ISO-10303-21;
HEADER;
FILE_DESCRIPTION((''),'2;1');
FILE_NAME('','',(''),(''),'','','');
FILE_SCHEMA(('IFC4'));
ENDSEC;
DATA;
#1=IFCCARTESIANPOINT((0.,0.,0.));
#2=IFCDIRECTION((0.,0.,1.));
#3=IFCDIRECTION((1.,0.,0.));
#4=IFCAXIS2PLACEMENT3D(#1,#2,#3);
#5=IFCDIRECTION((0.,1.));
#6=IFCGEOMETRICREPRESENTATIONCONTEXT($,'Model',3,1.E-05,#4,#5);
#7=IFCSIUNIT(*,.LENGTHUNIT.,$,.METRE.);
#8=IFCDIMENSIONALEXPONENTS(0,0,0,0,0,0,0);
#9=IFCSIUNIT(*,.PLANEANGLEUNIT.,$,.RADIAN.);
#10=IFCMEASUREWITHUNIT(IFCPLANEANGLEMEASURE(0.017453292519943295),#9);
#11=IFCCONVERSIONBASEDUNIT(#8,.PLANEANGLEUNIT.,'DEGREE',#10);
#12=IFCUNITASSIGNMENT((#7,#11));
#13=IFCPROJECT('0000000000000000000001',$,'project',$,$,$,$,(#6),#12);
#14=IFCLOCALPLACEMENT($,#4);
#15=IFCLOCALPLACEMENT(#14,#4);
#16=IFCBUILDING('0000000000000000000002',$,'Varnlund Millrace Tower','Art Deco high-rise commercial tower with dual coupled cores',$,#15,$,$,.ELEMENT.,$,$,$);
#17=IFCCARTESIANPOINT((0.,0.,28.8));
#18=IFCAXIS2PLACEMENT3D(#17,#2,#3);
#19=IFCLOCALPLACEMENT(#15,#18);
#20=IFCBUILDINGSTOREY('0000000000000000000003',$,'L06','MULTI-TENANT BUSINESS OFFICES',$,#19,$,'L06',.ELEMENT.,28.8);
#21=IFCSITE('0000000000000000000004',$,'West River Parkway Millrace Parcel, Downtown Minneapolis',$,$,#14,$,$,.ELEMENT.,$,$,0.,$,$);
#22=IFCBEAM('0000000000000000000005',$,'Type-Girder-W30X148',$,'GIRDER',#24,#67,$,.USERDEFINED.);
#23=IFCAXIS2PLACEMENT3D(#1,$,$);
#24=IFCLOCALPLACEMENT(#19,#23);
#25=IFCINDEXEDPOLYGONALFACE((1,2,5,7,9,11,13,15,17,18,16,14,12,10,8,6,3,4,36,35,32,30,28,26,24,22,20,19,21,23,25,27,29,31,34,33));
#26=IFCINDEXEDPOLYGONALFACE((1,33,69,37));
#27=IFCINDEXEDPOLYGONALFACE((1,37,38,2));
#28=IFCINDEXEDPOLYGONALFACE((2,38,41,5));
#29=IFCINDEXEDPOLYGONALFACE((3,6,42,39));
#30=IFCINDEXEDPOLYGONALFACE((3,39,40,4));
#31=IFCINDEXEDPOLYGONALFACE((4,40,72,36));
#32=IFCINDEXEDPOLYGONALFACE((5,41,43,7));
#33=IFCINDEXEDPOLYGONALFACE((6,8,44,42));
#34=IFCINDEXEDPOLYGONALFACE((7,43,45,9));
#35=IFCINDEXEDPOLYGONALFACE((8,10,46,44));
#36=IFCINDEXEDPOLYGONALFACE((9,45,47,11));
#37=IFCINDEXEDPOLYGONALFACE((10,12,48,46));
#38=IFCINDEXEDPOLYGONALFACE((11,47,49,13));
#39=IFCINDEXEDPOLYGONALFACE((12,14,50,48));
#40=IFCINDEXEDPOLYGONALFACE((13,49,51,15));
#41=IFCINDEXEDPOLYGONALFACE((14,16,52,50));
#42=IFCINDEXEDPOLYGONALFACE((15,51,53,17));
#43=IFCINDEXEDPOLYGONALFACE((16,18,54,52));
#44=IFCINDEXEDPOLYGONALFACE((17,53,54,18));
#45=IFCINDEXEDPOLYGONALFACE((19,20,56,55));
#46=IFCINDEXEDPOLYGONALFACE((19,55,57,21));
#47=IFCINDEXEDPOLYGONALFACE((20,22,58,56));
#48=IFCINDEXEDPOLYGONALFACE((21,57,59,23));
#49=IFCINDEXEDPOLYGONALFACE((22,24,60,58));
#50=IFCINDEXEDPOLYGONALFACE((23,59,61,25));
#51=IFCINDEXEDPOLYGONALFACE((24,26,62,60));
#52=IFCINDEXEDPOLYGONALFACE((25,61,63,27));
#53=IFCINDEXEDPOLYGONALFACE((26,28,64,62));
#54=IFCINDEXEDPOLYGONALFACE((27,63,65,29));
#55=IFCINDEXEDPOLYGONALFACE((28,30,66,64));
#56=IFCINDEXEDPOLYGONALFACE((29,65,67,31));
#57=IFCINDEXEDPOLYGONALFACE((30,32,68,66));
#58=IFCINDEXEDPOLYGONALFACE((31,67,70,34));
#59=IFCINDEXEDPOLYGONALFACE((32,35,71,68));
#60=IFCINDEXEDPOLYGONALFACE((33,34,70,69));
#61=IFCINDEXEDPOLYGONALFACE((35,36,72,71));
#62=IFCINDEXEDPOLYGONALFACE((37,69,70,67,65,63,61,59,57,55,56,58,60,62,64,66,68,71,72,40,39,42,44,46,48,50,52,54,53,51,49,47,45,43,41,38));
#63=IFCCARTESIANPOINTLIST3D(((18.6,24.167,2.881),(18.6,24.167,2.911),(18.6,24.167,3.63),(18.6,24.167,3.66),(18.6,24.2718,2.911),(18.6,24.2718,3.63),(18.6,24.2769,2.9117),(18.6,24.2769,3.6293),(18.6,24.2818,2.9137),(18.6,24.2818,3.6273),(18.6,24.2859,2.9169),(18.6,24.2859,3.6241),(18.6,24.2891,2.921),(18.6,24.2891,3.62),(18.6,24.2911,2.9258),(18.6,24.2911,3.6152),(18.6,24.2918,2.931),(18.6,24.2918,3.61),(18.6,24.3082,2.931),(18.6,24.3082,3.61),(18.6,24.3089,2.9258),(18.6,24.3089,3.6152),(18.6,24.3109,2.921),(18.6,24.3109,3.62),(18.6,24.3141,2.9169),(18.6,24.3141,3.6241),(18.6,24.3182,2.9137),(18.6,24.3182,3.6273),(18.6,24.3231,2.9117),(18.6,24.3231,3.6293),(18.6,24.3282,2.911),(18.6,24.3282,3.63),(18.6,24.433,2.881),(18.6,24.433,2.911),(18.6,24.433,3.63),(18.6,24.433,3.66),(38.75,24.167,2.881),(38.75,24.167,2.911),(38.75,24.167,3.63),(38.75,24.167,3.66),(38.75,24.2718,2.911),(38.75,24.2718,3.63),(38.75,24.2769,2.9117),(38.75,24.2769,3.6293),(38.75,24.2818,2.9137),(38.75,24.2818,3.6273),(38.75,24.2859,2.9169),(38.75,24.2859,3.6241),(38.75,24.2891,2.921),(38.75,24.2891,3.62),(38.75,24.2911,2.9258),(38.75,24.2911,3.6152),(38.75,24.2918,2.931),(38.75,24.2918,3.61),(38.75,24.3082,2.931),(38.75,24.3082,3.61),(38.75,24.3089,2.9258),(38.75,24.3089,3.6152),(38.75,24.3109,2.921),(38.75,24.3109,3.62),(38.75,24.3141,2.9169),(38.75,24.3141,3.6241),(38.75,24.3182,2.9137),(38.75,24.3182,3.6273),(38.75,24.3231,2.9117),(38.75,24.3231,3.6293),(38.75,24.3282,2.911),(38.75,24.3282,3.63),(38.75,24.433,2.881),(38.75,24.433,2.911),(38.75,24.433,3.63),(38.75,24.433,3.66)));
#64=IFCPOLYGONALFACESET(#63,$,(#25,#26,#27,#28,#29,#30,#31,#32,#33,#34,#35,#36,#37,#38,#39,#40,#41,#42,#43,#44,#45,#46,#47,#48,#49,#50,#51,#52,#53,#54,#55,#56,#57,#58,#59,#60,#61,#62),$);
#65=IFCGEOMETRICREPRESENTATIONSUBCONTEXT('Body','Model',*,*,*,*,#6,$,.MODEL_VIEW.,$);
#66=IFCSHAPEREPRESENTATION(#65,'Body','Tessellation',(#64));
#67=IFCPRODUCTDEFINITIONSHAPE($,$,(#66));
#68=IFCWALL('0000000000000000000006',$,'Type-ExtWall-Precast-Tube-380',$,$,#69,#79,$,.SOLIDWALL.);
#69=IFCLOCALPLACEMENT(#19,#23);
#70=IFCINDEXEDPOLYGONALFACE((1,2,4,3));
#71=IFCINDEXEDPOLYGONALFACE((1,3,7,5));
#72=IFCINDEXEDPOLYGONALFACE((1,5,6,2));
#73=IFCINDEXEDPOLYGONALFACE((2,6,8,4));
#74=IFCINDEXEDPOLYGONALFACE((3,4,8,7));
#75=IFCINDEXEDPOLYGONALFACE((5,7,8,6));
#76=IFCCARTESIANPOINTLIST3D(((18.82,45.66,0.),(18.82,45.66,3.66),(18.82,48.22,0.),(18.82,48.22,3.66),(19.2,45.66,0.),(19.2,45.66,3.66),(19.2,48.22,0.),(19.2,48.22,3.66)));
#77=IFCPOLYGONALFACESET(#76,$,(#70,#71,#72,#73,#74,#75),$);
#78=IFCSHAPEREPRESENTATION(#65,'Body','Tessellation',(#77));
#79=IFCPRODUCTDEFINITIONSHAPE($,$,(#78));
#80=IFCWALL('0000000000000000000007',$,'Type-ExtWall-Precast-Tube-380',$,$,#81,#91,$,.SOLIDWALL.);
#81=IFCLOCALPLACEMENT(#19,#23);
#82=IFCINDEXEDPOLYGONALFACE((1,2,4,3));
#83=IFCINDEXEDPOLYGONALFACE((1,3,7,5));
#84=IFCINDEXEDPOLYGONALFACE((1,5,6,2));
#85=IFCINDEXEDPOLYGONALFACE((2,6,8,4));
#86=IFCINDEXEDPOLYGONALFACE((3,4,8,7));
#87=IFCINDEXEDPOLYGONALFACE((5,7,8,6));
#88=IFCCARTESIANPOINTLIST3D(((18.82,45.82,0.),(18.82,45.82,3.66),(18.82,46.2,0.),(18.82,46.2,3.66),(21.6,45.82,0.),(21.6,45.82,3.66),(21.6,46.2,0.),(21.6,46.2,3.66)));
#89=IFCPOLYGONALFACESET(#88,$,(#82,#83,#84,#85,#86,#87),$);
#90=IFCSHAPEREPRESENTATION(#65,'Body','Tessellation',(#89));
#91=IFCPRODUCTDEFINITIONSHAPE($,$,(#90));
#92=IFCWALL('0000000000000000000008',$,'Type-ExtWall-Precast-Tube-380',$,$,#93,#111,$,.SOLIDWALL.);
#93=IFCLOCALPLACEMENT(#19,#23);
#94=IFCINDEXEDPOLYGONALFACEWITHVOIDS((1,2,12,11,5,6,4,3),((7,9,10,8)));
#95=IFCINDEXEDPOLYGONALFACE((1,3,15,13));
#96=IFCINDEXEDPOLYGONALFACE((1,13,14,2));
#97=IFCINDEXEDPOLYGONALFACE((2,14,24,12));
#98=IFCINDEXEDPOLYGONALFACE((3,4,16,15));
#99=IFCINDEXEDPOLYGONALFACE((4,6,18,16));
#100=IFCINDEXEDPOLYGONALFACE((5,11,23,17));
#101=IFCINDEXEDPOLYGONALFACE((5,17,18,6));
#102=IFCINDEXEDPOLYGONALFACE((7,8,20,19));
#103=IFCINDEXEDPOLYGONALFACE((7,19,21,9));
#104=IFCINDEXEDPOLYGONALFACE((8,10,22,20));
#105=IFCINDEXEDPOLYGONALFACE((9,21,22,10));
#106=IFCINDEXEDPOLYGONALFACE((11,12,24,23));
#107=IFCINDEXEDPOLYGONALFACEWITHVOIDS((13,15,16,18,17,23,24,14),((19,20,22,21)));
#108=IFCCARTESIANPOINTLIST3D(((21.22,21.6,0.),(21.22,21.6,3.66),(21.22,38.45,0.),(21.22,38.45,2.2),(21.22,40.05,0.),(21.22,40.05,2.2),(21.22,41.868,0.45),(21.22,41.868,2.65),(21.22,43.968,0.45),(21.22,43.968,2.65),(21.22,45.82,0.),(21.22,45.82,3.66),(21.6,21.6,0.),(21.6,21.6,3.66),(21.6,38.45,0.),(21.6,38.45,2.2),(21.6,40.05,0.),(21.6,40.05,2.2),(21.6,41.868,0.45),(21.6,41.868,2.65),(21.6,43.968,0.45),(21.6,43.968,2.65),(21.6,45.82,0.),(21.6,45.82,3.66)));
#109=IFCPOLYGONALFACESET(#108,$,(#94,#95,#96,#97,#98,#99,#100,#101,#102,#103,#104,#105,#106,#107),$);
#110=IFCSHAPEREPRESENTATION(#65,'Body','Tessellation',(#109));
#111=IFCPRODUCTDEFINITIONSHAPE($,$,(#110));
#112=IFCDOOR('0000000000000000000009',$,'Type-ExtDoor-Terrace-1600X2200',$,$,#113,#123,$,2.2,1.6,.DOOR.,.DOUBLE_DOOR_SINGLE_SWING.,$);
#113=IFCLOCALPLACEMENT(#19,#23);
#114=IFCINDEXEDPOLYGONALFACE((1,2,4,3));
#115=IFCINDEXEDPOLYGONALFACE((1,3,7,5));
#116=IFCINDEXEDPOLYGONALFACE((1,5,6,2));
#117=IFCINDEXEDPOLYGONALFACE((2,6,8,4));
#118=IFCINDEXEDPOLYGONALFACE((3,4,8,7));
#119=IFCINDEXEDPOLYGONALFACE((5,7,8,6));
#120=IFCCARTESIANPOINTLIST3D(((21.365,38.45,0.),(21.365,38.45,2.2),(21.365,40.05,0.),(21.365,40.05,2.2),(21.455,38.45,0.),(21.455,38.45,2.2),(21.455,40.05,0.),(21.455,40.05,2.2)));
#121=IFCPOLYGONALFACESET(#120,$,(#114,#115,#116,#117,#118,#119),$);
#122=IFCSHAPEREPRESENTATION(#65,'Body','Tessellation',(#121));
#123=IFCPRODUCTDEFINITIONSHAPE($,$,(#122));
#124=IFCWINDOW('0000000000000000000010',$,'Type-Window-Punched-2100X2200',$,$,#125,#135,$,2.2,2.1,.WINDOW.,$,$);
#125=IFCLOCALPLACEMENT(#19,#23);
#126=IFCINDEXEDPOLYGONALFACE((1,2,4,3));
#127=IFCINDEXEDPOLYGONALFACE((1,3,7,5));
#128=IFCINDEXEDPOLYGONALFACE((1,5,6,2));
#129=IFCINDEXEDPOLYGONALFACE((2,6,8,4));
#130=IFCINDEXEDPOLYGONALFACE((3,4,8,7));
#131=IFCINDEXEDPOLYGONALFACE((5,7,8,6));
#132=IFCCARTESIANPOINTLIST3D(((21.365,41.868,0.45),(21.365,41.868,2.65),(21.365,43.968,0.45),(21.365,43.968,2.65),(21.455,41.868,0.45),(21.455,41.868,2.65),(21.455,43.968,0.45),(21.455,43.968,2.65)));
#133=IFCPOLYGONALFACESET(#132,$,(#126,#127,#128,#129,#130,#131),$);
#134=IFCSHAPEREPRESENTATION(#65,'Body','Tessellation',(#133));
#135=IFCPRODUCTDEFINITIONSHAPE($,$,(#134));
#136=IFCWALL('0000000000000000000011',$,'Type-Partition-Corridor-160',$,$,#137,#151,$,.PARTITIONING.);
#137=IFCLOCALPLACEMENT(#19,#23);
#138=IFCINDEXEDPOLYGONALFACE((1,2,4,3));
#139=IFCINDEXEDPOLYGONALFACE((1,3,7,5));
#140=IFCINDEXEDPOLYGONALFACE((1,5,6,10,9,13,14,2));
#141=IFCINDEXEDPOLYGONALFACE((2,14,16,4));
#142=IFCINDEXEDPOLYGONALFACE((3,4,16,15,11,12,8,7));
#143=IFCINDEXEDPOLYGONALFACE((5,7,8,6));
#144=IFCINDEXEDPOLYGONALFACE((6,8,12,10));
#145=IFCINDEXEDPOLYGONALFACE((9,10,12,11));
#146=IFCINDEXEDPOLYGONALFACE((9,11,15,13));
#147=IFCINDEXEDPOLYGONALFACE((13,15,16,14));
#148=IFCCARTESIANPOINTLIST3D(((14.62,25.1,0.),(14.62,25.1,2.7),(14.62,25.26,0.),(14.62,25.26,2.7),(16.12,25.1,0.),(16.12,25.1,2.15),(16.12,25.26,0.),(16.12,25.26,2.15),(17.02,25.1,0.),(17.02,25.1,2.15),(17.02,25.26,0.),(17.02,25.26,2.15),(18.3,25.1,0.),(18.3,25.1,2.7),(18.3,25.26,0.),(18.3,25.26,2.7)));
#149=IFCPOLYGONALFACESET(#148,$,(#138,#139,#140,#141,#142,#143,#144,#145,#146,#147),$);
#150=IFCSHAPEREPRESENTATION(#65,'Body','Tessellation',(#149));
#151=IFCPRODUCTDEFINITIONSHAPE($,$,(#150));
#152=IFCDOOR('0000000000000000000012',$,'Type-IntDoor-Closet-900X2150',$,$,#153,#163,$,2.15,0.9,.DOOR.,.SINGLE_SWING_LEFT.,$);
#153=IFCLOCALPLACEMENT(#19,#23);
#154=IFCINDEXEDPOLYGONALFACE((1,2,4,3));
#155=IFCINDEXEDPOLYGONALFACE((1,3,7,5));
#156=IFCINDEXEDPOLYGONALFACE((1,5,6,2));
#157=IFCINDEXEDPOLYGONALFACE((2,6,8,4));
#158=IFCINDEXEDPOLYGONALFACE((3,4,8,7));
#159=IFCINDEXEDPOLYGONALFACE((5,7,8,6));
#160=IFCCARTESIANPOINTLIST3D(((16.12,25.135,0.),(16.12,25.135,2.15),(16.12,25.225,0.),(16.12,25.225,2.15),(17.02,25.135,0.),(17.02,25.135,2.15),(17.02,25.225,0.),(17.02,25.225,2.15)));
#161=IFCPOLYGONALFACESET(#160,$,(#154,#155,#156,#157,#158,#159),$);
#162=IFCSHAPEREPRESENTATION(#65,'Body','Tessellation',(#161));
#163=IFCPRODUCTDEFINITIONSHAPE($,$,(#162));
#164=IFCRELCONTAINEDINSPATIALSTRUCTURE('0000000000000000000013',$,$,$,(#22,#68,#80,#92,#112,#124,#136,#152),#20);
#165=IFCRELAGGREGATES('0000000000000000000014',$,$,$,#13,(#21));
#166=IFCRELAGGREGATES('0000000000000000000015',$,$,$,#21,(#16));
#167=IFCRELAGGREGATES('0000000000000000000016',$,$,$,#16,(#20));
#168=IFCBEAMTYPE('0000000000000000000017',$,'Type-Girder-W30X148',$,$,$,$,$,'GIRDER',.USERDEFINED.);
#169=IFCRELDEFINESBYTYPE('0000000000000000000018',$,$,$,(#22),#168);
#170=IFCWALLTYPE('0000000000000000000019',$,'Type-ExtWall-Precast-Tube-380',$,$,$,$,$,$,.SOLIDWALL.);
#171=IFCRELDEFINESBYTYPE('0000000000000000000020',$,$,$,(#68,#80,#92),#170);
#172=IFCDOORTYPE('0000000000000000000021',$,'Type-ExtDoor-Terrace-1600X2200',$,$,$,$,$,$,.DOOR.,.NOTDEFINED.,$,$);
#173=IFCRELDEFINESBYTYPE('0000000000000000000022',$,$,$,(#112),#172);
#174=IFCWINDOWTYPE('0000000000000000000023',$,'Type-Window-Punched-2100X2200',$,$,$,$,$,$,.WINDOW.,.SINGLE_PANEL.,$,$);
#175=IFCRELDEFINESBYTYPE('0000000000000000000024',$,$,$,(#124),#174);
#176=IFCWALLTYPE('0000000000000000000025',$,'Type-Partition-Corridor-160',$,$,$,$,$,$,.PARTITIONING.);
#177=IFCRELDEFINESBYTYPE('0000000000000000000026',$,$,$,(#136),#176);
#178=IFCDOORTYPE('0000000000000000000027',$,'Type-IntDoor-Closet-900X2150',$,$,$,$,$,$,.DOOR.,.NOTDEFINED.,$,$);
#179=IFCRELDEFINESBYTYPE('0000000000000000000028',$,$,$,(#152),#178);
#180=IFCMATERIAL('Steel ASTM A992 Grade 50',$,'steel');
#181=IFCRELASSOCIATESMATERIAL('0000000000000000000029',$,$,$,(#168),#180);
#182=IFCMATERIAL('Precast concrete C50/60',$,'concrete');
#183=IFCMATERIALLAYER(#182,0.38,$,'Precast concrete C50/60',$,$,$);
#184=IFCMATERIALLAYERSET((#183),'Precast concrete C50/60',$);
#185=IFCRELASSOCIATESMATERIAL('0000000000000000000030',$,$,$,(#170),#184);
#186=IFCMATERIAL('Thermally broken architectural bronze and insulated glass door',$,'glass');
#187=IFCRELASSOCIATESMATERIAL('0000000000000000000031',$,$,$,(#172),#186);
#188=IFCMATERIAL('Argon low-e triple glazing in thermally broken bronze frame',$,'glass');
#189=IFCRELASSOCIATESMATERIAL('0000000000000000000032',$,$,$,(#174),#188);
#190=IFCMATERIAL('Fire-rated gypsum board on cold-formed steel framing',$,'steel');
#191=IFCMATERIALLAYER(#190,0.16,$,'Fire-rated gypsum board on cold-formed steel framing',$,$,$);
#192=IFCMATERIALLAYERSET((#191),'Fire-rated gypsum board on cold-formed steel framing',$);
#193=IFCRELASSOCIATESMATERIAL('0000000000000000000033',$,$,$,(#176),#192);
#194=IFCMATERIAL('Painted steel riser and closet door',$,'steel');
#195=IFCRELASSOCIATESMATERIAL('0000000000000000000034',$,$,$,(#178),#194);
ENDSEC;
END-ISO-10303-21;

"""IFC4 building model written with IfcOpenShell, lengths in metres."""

from ifc_helpers import new_model, entity, si_unit, converted_unit, direction, frame, origin_with_axes, origin_2d_with_axis, place, context, subcontext, project, spatial, polyline, rectangle, i_section, outline, extrude, material, layer, layer_set, material_profile, profile_set, type_object, element, fill, save


model = new_model("IFC4")

# Units and contexts
model_context = context("Model", 3, precision=1e-05, world=origin_with_axes(), true_north=direction((0.0, 1.0)))
body_context = subcontext(model_context, "Body", "Model", "MODEL_VIEW")
ifc_project = project(units=[si_unit("LENGTHUNIT", "METRE"), converted_unit("PLANEANGLEUNIT", "DEGREE", entity("IfcPlaneAngleMeasure", 0.017453292519943295), si_unit("PLANEANGLEUNIT", "RADIAN"), dimensions=[0, 0, 0, 0, 0, 0, 0])], contexts=[model_context])

# Site, building, storey
site_placement = place(None, origin_with_axes())
site = spatial("IfcSite", under=ifc_project, at=site_placement, Name="West River Parkway Millrace Parcel, Downtown Minneapolis", CompositionType="ELEMENT", RefElevation=0.0)
building_placement = place(site_placement, origin_with_axes())
building = spatial("IfcBuilding", under=site, at=building_placement, Name="Varnlund Millrace Tower", Description="Art Deco high-rise commercial tower with dual coupled cores", CompositionType="ELEMENT")
storey_placement = place(building_placement, frame((0.0, 0.0, 28.8), z_axis=(0.0, 0.0, 1.0), x_axis=(1.0, 0.0, 0.0)))
storey = spatial("IfcBuildingStorey", under=building, at=storey_placement, Name="L06", Description="MULTI-TENANT BUSINESS OFFICES", LongName="L06", CompositionType="ELEMENT", Elevation=28.8)

# Beam
ifc_material_1 = material(Name="Steel ASTM A992 Grade 50", Category="steel")
ifc_material_profile_1 = material_profile(ifc_material_1, i_section(OverallWidth=0.266, OverallDepth=0.779, WebThickness=0.0165, FlangeThickness=0.03, FilletRadius=0.02, at=origin_2d_with_axis()), Name="Steel ASTM A992 Grade 50")
ifc_profile_set_1 = profile_set([ifc_material_profile_1], Name="Steel ASTM A992 Grade 50")
beam_type_1 = type_object("IfcBeamType", Name="Type-Girder-W30X148", ElementType="GIRDER", PredefinedType="USERDEFINED", material=ifc_profile_set_1)
beam_1_placement = place(storey_placement, frame((18.6, 24.3, 3.2705), z_axis=(1.0, 0.0, 0.0), x_axis=(0.0, 1.0, 0.0)))
element("IfcBeam", 1, at=beam_1_placement, inside=storey, type_object=beam_type_1, Name="Type-Girder-W30X148", ObjectType="GIRDER", PredefinedType="USERDEFINED", context=body_context, shape_type="SweptSolid", body=[
    extrude(i_section(OverallWidth=0.266, OverallDepth=0.779, WebThickness=0.0165, FlangeThickness=0.03, FilletRadius=0.02, at=origin_2d_with_axis()), origin_with_axes(), (0.0, 0.0, 1.0), 20.15),
])

# Walls
ifc_material_2 = material(Name="Precast concrete C50/60", Category="concrete")
ifc_layer_1 = layer(ifc_material_2, 0.38, Name="Precast concrete C50/60")
ifc_layer_set_1 = layer_set([ifc_layer_1], Name="Precast concrete C50/60")
wall_type_1 = type_object("IfcWallType", Name="Type-ExtWall-Precast-Tube-380", PredefinedType="SOLIDWALL", material=ifc_layer_set_1)
wall_1_placement = place(storey_placement, frame((19.01, 48.22, 0.0), z_axis=(0.0, 0.0, 1.0), x_axis=(0.0, -1.0, 0.0)))
element("IfcWall", 2, at=wall_1_placement, inside=storey, type_object=wall_type_1, Name="Type-ExtWall-Precast-Tube-380", PredefinedType="SOLIDWALL", context=body_context, shape_type="SweptSolid", body=[
    extrude(outline(polyline([(0.0, -0.19), (2.56, -0.19), (2.56, 0.19), (0.0, 0.19), (0.0, -0.19)])), origin_with_axes(), (0.0, 0.0, 1.0), 3.66),
])
wall_2_placement = place(storey_placement, frame((18.82, 46.01, 0.0), z_axis=(0.0, 0.0, 1.0), x_axis=(1.0, 0.0, 0.0)))
element("IfcWall", 3, at=wall_2_placement, inside=storey, type_object=wall_type_1, Name="Type-ExtWall-Precast-Tube-380", PredefinedType="SOLIDWALL", context=body_context, shape_type="SweptSolid", body=[
    extrude(outline(polyline([(0.0, -0.19), (2.78, -0.19), (2.78, 0.19), (0.0, 0.19), (0.0, -0.19)])), origin_with_axes(), (0.0, 0.0, 1.0), 3.66),
])

# Wall, openings, door, window
wall_3_placement = place(storey_placement, frame((21.41, 45.82, 0.0), z_axis=(0.0, 0.0, 1.0), x_axis=(0.0, -1.0, 0.0)))
wall_3 = element("IfcWall", 4, at=wall_3_placement, inside=storey, type_object=wall_type_1, Name="Type-ExtWall-Precast-Tube-380", PredefinedType="SOLIDWALL", context=body_context, shape_type="SweptSolid", body=[
    extrude(outline(polyline([(0.0, -0.19), (24.22, -0.19), (24.22, 0.19), (0.0, 0.19), (0.0, -0.19)])), origin_with_axes(), (0.0, 0.0, 1.0), 3.66),
])
opening_1_placement = place(wall_3_placement, frame((6.57, 0.0, 0.0), z_axis=(0.0, 0.0, 1.0), x_axis=(1.0, 0.0, 0.0)))
opening_1 = element("IfcOpeningElement", 5, at=opening_1_placement, cuts=wall_3, PredefinedType="OPENING", context=body_context, shape_type="SweptSolid", body=[
    extrude(rectangle(XDim=1.6, YDim=0.4, at=origin_2d_with_axis()), origin_with_axes(), (0.0, 0.0, 1.0), 2.2),
])
opening_2_placement = place(wall_3_placement, frame((2.902, 0.0, 0.45), z_axis=(0.0, 0.0, 1.0), x_axis=(1.0, 0.0, 0.0)))
opening_2 = element("IfcOpeningElement", 6, at=opening_2_placement, cuts=wall_3, PredefinedType="OPENING", context=body_context, shape_type="SweptSolid", body=[
    extrude(rectangle(XDim=2.1, YDim=0.4, at=origin_2d_with_axis()), origin_with_axes(), (0.0, 0.0, 1.0), 2.2),
])
ifc_material_3 = material(Name="Thermally broken architectural bronze and insulated glass door", Category="glass")
door_type_1 = type_object("IfcDoorType", Name="Type-ExtDoor-Terrace-1600X2200", OperationType="NOTDEFINED", PredefinedType="DOOR", material=ifc_material_3)
door_1_placement = place(wall_3_placement, frame((6.57, 0.0, 0.0), z_axis=(0.0, 0.0, 1.0), x_axis=(1.0, 0.0, 0.0)))
door_1 = element("IfcDoor", 7, at=door_1_placement, inside=storey, type_object=door_type_1, Name="Type-ExtDoor-Terrace-1600X2200", OperationType="DOUBLE_DOOR_SINGLE_SWING", OverallHeight=2.2, OverallWidth=1.6, PredefinedType="DOOR", context=body_context, shape_type="SweptSolid", body=[
    extrude(rectangle(XDim=1.6, YDim=0.09, at=origin_2d_with_axis()), origin_with_axes(), (0.0, 0.0, 1.0), 2.2),
])
fill(opening_1, door_1)
ifc_material_4 = material(Name="Argon low-e triple glazing in thermally broken bronze frame", Category="glass")
window_type = type_object("IfcWindowType", Name="Type-Window-Punched-2100X2200", PartitioningType="SINGLE_PANEL", PredefinedType="WINDOW", material=ifc_material_4)
window_placement = place(wall_3_placement, frame((2.902, 0.0, 0.45), z_axis=(0.0, 0.0, 1.0), x_axis=(1.0, 0.0, 0.0)))
window = element("IfcWindow", 8, at=window_placement, inside=storey, type_object=window_type, Name="Type-Window-Punched-2100X2200", OverallHeight=2.2, OverallWidth=2.1, PredefinedType="WINDOW", context=body_context, shape_type="SweptSolid", body=[
    extrude(rectangle(XDim=2.1, YDim=0.09, at=origin_2d_with_axis()), origin_with_axes(), (0.0, 0.0, 1.0), 2.2),
])
fill(opening_2, window)

# Wall, opening, door
ifc_material_5 = material(Name="Fire-rated gypsum board on cold-formed steel framing", Category="steel")
ifc_layer_2 = layer(ifc_material_5, 0.16, Name="Fire-rated gypsum board on cold-formed steel framing")
ifc_layer_set_2 = layer_set([ifc_layer_2], Name="Fire-rated gypsum board on cold-formed steel framing")
wall_type_2 = type_object("IfcWallType", Name="Type-Partition-Corridor-160", PredefinedType="PARTITIONING", material=ifc_layer_set_2)
wall_4_placement = place(storey_placement, frame((14.62, 25.18, 0.0), z_axis=(0.0, 0.0, 1.0), x_axis=(1.0, 0.0, 0.0)))
wall_4 = element("IfcWall", 9, at=wall_4_placement, inside=storey, type_object=wall_type_2, Name="Type-Partition-Corridor-160", PredefinedType="PARTITIONING", context=body_context, shape_type="SweptSolid", body=[
    extrude(outline(polyline([(0.0, -0.08), (3.68, -0.08), (3.68, 0.08), (0.0, 0.08), (0.0, -0.08)])), origin_with_axes(), (0.0, 0.0, 1.0), 2.7),
])
opening_3_placement = place(wall_4_placement, frame((1.95, 0.0, 0.0), z_axis=(0.0, 0.0, 1.0), x_axis=(1.0, 0.0, 0.0)))
opening_3 = element("IfcOpeningElement", 10, at=opening_3_placement, cuts=wall_4, PredefinedType="OPENING", context=body_context, shape_type="SweptSolid", body=[
    extrude(rectangle(XDim=0.9, YDim=0.18, at=origin_2d_with_axis()), origin_with_axes(), (0.0, 0.0, 1.0), 2.15),
])
ifc_material_6 = material(Name="Painted steel riser and closet door", Category="steel")
door_type_2 = type_object("IfcDoorType", Name="Type-IntDoor-Closet-900X2150", OperationType="NOTDEFINED", PredefinedType="DOOR", material=ifc_material_6)
door_2_placement = place(wall_4_placement, frame((1.95, 0.0, 0.0), z_axis=(0.0, 0.0, 1.0), x_axis=(1.0, 0.0, 0.0)))
door_2 = element("IfcDoor", 11, at=door_2_placement, inside=storey, type_object=door_type_2, Name="Type-IntDoor-Closet-900X2150", OperationType="SINGLE_SWING_LEFT", OverallHeight=2.15, OverallWidth=0.9, PredefinedType="DOOR", context=body_context, shape_type="SweptSolid", body=[
    extrude(rectangle(XDim=0.9, YDim=0.09, at=origin_2d_with_axis()), origin_with_axes(), (0.0, 0.0, 1.0), 2.15),
])
fill(opening_3, door_2)

save(model, "model.ifc")
